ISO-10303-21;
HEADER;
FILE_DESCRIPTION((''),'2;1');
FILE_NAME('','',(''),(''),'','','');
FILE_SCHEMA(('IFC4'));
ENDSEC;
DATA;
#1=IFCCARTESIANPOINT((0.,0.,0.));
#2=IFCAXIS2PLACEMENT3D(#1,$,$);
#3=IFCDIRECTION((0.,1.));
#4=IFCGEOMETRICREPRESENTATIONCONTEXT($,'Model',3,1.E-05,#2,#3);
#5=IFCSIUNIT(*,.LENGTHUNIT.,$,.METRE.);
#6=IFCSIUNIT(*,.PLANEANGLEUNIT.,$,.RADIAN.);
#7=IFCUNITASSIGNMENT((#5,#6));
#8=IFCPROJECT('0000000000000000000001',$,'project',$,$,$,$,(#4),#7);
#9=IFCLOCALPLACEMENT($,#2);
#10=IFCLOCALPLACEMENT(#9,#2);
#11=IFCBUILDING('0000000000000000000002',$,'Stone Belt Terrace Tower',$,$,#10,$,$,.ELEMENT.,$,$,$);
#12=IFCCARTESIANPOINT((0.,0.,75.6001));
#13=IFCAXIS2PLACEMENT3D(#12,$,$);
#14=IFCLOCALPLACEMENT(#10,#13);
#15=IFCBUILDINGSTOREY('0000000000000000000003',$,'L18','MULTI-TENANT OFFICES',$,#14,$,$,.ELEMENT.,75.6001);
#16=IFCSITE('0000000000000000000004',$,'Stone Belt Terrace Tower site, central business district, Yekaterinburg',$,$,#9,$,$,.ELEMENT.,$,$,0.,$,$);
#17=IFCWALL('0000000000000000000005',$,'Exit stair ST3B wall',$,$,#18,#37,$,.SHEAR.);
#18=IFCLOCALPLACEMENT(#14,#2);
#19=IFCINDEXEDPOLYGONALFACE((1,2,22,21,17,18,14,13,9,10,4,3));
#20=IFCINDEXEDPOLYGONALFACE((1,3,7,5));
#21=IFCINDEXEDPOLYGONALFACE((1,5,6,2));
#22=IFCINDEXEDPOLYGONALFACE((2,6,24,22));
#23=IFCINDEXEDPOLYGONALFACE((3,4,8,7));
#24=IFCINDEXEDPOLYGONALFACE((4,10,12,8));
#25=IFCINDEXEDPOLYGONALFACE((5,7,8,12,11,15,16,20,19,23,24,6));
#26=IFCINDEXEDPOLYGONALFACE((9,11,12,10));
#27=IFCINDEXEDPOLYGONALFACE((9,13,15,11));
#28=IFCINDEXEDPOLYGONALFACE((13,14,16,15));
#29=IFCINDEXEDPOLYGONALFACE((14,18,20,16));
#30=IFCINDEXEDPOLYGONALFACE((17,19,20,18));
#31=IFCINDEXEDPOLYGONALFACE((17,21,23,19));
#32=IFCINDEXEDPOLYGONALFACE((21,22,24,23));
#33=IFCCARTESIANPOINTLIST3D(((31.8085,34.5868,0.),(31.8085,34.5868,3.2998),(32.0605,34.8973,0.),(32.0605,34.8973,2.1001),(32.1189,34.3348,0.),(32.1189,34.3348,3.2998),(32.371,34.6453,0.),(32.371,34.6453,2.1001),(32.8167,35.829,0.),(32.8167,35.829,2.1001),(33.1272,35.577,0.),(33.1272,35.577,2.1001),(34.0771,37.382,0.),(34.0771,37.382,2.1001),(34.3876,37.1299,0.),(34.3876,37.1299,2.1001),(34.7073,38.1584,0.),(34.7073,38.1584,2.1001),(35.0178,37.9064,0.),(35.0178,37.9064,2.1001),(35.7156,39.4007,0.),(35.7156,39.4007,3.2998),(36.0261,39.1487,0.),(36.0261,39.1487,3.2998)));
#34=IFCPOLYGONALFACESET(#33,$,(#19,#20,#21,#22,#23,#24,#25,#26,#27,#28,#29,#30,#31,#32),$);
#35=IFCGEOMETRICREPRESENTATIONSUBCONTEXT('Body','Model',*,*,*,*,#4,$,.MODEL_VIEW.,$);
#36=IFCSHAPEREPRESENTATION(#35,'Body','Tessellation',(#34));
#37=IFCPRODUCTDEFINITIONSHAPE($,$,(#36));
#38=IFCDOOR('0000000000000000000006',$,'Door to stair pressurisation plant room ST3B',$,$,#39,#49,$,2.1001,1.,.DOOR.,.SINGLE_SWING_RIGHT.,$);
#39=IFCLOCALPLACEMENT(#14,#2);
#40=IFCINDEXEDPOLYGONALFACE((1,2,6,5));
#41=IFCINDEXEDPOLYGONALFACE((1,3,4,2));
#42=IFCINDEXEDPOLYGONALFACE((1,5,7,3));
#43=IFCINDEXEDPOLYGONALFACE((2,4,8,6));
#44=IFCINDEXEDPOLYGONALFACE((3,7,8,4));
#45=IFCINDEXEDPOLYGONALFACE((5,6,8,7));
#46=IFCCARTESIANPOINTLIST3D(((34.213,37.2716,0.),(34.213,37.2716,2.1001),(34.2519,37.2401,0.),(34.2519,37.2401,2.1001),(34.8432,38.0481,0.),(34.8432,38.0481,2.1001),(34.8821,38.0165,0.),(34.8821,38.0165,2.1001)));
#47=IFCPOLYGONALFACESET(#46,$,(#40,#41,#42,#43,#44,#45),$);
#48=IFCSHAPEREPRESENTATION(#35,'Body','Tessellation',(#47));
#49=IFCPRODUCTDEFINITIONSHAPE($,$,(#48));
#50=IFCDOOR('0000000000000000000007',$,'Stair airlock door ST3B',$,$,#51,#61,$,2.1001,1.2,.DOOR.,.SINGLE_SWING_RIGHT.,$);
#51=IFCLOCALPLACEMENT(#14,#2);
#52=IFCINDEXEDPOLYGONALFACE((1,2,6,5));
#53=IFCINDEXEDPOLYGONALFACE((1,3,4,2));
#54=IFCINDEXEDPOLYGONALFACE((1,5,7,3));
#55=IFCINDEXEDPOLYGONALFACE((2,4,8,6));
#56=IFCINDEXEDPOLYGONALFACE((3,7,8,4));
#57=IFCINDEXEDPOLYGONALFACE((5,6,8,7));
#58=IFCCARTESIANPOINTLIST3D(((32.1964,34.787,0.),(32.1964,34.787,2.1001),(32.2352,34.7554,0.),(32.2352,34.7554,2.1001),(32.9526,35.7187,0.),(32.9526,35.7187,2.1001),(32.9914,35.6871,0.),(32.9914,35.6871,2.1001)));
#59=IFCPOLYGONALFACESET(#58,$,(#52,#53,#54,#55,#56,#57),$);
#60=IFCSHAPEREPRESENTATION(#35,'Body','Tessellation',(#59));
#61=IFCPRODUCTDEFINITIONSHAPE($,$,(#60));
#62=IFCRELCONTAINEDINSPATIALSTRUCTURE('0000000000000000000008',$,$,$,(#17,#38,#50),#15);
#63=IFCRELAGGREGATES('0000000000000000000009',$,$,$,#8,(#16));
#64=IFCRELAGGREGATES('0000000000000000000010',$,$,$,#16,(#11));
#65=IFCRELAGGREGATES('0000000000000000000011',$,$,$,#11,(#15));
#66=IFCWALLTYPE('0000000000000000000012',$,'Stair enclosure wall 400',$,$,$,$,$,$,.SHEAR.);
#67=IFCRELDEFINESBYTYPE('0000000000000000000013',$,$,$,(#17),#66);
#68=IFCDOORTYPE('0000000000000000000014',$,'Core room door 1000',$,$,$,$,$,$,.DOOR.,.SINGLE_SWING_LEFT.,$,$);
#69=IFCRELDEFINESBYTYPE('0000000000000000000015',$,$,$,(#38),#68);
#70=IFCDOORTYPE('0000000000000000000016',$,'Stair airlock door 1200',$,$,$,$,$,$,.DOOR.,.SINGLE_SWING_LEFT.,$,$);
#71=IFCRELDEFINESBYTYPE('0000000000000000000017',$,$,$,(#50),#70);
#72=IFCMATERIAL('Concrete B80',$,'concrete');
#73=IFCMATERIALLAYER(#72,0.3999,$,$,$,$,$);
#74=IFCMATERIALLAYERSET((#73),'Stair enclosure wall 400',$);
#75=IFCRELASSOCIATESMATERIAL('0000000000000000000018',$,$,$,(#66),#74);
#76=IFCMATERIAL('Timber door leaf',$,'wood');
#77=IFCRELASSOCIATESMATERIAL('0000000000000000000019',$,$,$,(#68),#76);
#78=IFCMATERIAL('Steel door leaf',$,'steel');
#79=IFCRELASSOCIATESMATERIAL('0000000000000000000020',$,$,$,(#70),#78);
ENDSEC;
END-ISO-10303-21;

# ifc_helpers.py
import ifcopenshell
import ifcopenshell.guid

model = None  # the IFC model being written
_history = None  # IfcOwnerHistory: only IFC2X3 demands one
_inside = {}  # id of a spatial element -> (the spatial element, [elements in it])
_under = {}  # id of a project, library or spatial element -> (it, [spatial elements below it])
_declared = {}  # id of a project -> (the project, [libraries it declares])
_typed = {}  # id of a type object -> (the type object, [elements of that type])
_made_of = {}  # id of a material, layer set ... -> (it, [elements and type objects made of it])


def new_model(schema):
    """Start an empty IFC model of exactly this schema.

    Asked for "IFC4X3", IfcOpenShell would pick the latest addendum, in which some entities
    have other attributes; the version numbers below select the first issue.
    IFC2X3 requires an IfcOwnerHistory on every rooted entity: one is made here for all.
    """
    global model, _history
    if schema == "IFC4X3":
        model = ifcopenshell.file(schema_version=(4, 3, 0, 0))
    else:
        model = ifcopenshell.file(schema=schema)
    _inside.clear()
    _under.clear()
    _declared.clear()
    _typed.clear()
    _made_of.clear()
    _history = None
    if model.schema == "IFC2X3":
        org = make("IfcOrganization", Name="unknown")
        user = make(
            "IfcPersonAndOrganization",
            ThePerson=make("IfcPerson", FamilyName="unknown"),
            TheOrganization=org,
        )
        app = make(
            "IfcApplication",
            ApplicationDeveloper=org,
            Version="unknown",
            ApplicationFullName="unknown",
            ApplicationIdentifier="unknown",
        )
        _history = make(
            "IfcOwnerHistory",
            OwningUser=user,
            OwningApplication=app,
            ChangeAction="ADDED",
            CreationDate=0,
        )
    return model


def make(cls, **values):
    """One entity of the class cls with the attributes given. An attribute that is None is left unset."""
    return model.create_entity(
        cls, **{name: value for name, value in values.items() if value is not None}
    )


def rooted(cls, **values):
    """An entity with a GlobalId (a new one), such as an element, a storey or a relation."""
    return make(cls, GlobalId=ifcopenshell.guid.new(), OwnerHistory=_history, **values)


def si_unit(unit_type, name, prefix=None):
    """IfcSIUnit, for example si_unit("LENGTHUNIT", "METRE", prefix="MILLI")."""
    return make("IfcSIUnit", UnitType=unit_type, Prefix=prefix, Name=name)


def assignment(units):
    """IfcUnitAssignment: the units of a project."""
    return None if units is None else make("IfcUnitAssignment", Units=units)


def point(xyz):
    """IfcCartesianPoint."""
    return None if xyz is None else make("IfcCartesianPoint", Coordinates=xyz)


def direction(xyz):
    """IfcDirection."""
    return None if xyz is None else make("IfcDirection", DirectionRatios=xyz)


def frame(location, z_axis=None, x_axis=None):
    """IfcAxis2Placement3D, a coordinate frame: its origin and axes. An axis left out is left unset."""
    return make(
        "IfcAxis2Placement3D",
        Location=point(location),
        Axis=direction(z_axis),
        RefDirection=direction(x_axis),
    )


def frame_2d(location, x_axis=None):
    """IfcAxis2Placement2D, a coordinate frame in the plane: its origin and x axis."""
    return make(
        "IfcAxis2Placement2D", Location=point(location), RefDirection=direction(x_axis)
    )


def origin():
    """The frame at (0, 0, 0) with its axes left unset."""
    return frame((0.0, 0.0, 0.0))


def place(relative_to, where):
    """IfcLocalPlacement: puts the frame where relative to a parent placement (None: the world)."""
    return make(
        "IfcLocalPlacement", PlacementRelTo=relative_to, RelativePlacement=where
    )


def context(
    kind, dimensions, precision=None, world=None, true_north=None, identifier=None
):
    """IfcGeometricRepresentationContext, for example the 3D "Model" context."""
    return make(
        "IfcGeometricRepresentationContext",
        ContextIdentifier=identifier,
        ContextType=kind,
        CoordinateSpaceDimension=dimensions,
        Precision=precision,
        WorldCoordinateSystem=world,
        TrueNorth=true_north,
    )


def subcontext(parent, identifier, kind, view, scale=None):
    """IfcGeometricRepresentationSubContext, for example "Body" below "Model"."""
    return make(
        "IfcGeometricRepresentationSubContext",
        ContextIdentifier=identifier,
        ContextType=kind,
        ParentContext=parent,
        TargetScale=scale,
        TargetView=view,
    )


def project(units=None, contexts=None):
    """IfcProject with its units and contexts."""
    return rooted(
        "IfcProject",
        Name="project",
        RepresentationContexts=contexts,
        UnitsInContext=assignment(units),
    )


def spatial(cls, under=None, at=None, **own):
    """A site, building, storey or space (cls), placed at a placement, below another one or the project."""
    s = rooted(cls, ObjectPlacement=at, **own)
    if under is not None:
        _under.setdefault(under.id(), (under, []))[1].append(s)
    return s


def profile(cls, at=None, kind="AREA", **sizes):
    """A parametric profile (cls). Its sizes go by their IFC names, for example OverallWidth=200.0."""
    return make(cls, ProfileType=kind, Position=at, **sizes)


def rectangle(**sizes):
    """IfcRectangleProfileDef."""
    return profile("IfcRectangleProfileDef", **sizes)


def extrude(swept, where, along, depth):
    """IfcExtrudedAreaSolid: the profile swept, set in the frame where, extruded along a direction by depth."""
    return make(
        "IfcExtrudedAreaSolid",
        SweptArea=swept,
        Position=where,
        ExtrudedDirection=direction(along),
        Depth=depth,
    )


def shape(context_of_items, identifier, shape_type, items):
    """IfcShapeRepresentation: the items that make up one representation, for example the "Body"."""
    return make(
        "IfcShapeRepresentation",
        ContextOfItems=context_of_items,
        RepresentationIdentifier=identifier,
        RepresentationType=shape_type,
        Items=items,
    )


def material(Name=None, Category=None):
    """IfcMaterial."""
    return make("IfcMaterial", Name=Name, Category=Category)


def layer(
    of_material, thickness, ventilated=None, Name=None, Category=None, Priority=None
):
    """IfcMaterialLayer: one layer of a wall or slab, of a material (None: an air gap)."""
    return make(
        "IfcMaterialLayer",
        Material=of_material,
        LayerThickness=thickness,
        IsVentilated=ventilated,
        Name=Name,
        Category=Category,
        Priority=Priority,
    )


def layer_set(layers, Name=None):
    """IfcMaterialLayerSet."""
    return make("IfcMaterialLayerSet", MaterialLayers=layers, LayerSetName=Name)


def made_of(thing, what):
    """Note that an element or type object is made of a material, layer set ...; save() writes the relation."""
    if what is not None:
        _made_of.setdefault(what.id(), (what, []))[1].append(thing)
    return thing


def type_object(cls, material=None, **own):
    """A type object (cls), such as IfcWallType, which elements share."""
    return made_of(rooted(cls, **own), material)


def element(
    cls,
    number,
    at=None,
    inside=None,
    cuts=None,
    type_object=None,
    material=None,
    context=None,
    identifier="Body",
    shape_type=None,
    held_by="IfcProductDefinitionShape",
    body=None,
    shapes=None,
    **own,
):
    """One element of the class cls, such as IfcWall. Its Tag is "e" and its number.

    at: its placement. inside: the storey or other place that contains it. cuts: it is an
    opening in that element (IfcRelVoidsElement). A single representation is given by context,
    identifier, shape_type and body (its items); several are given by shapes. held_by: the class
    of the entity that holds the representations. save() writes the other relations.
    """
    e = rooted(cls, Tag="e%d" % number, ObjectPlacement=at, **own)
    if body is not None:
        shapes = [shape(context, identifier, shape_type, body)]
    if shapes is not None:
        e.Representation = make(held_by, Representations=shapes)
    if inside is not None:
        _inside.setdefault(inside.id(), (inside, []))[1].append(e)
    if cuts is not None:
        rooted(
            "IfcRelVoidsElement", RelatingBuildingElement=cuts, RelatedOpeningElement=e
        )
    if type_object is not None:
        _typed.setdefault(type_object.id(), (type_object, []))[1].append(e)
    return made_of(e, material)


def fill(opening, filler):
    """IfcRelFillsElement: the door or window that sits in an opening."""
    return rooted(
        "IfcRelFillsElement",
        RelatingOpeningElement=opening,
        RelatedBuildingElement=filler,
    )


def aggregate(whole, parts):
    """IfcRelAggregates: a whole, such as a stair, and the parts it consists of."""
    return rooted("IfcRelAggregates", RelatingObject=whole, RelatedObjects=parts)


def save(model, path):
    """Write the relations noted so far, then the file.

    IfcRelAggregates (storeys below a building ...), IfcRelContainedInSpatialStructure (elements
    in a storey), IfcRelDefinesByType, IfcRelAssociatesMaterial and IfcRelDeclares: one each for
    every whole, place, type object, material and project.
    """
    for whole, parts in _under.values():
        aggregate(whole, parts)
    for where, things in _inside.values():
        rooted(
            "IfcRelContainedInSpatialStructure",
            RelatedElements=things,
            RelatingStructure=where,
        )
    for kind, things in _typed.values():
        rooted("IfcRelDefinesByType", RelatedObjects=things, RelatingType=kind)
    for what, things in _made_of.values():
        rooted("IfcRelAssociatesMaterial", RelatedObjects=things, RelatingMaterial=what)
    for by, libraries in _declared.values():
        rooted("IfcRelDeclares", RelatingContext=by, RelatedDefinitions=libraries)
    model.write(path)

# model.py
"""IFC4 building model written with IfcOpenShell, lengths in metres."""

from ifc_helpers import new_model, si_unit, direction, frame, frame_2d, origin, place, context, subcontext, project, spatial, rectangle, extrude, material, layer, layer_set, type_object, element, fill, save


model = new_model("IFC4")

# Units and contexts
model_context = context("Model", 3, precision=1e-05, world=origin(), true_north=direction((0.0, 1.0)))
body_context = subcontext(model_context, "Body", "Model", "MODEL_VIEW")
ifc_project = project(units=[si_unit("LENGTHUNIT", "METRE"), si_unit("PLANEANGLEUNIT", "RADIAN")], contexts=[model_context])

# Site, building, storey
site_placement = place(None, origin())
site = spatial("IfcSite", under=ifc_project, at=site_placement, Name="Stone Belt Terrace Tower site, central business district, Yekaterinburg", CompositionType="ELEMENT", RefElevation=0.0)
building_placement = place(site_placement, origin())
building = spatial("IfcBuilding", under=site, at=building_placement, Name="Stone Belt Terrace Tower", CompositionType="ELEMENT")
storey_placement = place(building_placement, frame((0.0, 0.0, 75.6001)))
storey = spatial("IfcBuildingStorey", under=building, at=storey_placement, Name="L18", Description="MULTI-TENANT OFFICES", CompositionType="ELEMENT", Elevation=75.6001)

# Shared definitions
ifc_material_1 = material(Name="Concrete B80", Category="concrete")

# Wall, openings, doors
ifc_layer_1 = layer(ifc_material_1, 0.3999)
ifc_layer_set_1 = layer_set([ifc_layer_1], Name="Stair enclosure wall 400")
wall_type_1 = type_object("IfcWallType", Name="Stair enclosure wall 400", PredefinedType="SHEAR", material=ifc_layer_set_1)
wall_1_placement = place(storey_placement, frame((31.9636, 34.4607, 0.0), z_axis=(0.0, 0.0, 1.0), x_axis=(0.630192, 0.776439, 0.0)))
wall_1 = element("IfcWall", 1, at=wall_1_placement, inside=storey, type_object=wall_type_1, Name="Exit stair ST3B wall", PredefinedType="SHEAR", context=body_context, shape_type="SweptSolid", body=[
    extrude(rectangle(XDim=6.2, YDim=0.3999, at=frame_2d((3.1001, 0.0))), origin(), (0.0, 0.0, 1.0), 3.2998),
])
opening_1_placement = place(wall_1_placement, frame((0.3999, 0.0, 0.0)))
opening_1 = element("IfcOpeningElement", 2, at=opening_1_placement, cuts=wall_1, PredefinedType="OPENING", context=body_context, shape_type="SweptSolid", body=[
    extrude(rectangle(XDim=1.2, YDim=2.1001, at=frame_2d((0.6001, 1.05))), frame((0.0, 0.21, 0.0), z_axis=(0.0, -1.0, 0.0), x_axis=(1.0, 0.0, 0.0)), (0.0, 0.0, 1.0), 0.4199),
])
opening_2_placement = place(wall_1_placement, frame((3.6001, 0.0, 0.0)))
opening_2 = element("IfcOpeningElement", 3, at=opening_2_placement, cuts=wall_1, PredefinedType="OPENING", context=body_context, shape_type="SweptSolid", body=[
    extrude(rectangle(XDim=1.0, YDim=2.1001, at=frame_2d((0.5, 1.05))), frame((0.0, 0.21, 0.0), z_axis=(0.0, -1.0, 0.0), x_axis=(1.0, 0.0, 0.0)), (0.0, 0.0, 1.0), 0.4199),
])
ifc_material_2 = material(Name="Timber door leaf", Category="wood")
door_type_1 = type_object("IfcDoorType", Name="Core room door 1000", OperationType="SINGLE_SWING_LEFT", PredefinedType="DOOR", material=ifc_material_2)
door_1_placement = place(opening_2_placement, origin())
door_1 = element("IfcDoor", 4, at=door_1_placement, inside=storey, type_object=door_type_1, Name="Door to stair pressurisation plant room ST3B", OperationType="SINGLE_SWING_RIGHT", OverallHeight=2.1001, OverallWidth=1.0, PredefinedType="DOOR", context=body_context, shape_type="SweptSolid", body=[
    extrude(rectangle(XDim=1.0, YDim=2.1001, at=frame_2d((0.5, 1.05))), frame((0.0, 0.0249, 0.0), z_axis=(0.0, -1.0, 0.0), x_axis=(1.0, 0.0, 0.0)), (0.0, 0.0, 1.0), 0.05),
])
fill(opening_2, door_1)
ifc_material_3 = material(Name="Steel door leaf", Category="steel")
door_type_2 = type_object("IfcDoorType", Name="Stair airlock door 1200", OperationType="SINGLE_SWING_LEFT", PredefinedType="DOOR", material=ifc_material_3)
door_2_placement = place(opening_1_placement, origin())
door_2 = element("IfcDoor", 5, at=door_2_placement, inside=storey, type_object=door_type_2, Name="Stair airlock door ST3B", OperationType="SINGLE_SWING_RIGHT", OverallHeight=2.1001, OverallWidth=1.2, PredefinedType="DOOR", context=body_context, shape_type="SweptSolid", body=[
    extrude(rectangle(XDim=1.2, YDim=2.1001, at=frame_2d((0.6001, 1.05))), frame((0.0, 0.0249, 0.0), z_axis=(0.0, -1.0, 0.0), x_axis=(1.0, 0.0, 0.0)), (0.0, 0.0, 1.0), 0.05),
])
fill(opening_1, door_2)

save(model, "model.ifc")
